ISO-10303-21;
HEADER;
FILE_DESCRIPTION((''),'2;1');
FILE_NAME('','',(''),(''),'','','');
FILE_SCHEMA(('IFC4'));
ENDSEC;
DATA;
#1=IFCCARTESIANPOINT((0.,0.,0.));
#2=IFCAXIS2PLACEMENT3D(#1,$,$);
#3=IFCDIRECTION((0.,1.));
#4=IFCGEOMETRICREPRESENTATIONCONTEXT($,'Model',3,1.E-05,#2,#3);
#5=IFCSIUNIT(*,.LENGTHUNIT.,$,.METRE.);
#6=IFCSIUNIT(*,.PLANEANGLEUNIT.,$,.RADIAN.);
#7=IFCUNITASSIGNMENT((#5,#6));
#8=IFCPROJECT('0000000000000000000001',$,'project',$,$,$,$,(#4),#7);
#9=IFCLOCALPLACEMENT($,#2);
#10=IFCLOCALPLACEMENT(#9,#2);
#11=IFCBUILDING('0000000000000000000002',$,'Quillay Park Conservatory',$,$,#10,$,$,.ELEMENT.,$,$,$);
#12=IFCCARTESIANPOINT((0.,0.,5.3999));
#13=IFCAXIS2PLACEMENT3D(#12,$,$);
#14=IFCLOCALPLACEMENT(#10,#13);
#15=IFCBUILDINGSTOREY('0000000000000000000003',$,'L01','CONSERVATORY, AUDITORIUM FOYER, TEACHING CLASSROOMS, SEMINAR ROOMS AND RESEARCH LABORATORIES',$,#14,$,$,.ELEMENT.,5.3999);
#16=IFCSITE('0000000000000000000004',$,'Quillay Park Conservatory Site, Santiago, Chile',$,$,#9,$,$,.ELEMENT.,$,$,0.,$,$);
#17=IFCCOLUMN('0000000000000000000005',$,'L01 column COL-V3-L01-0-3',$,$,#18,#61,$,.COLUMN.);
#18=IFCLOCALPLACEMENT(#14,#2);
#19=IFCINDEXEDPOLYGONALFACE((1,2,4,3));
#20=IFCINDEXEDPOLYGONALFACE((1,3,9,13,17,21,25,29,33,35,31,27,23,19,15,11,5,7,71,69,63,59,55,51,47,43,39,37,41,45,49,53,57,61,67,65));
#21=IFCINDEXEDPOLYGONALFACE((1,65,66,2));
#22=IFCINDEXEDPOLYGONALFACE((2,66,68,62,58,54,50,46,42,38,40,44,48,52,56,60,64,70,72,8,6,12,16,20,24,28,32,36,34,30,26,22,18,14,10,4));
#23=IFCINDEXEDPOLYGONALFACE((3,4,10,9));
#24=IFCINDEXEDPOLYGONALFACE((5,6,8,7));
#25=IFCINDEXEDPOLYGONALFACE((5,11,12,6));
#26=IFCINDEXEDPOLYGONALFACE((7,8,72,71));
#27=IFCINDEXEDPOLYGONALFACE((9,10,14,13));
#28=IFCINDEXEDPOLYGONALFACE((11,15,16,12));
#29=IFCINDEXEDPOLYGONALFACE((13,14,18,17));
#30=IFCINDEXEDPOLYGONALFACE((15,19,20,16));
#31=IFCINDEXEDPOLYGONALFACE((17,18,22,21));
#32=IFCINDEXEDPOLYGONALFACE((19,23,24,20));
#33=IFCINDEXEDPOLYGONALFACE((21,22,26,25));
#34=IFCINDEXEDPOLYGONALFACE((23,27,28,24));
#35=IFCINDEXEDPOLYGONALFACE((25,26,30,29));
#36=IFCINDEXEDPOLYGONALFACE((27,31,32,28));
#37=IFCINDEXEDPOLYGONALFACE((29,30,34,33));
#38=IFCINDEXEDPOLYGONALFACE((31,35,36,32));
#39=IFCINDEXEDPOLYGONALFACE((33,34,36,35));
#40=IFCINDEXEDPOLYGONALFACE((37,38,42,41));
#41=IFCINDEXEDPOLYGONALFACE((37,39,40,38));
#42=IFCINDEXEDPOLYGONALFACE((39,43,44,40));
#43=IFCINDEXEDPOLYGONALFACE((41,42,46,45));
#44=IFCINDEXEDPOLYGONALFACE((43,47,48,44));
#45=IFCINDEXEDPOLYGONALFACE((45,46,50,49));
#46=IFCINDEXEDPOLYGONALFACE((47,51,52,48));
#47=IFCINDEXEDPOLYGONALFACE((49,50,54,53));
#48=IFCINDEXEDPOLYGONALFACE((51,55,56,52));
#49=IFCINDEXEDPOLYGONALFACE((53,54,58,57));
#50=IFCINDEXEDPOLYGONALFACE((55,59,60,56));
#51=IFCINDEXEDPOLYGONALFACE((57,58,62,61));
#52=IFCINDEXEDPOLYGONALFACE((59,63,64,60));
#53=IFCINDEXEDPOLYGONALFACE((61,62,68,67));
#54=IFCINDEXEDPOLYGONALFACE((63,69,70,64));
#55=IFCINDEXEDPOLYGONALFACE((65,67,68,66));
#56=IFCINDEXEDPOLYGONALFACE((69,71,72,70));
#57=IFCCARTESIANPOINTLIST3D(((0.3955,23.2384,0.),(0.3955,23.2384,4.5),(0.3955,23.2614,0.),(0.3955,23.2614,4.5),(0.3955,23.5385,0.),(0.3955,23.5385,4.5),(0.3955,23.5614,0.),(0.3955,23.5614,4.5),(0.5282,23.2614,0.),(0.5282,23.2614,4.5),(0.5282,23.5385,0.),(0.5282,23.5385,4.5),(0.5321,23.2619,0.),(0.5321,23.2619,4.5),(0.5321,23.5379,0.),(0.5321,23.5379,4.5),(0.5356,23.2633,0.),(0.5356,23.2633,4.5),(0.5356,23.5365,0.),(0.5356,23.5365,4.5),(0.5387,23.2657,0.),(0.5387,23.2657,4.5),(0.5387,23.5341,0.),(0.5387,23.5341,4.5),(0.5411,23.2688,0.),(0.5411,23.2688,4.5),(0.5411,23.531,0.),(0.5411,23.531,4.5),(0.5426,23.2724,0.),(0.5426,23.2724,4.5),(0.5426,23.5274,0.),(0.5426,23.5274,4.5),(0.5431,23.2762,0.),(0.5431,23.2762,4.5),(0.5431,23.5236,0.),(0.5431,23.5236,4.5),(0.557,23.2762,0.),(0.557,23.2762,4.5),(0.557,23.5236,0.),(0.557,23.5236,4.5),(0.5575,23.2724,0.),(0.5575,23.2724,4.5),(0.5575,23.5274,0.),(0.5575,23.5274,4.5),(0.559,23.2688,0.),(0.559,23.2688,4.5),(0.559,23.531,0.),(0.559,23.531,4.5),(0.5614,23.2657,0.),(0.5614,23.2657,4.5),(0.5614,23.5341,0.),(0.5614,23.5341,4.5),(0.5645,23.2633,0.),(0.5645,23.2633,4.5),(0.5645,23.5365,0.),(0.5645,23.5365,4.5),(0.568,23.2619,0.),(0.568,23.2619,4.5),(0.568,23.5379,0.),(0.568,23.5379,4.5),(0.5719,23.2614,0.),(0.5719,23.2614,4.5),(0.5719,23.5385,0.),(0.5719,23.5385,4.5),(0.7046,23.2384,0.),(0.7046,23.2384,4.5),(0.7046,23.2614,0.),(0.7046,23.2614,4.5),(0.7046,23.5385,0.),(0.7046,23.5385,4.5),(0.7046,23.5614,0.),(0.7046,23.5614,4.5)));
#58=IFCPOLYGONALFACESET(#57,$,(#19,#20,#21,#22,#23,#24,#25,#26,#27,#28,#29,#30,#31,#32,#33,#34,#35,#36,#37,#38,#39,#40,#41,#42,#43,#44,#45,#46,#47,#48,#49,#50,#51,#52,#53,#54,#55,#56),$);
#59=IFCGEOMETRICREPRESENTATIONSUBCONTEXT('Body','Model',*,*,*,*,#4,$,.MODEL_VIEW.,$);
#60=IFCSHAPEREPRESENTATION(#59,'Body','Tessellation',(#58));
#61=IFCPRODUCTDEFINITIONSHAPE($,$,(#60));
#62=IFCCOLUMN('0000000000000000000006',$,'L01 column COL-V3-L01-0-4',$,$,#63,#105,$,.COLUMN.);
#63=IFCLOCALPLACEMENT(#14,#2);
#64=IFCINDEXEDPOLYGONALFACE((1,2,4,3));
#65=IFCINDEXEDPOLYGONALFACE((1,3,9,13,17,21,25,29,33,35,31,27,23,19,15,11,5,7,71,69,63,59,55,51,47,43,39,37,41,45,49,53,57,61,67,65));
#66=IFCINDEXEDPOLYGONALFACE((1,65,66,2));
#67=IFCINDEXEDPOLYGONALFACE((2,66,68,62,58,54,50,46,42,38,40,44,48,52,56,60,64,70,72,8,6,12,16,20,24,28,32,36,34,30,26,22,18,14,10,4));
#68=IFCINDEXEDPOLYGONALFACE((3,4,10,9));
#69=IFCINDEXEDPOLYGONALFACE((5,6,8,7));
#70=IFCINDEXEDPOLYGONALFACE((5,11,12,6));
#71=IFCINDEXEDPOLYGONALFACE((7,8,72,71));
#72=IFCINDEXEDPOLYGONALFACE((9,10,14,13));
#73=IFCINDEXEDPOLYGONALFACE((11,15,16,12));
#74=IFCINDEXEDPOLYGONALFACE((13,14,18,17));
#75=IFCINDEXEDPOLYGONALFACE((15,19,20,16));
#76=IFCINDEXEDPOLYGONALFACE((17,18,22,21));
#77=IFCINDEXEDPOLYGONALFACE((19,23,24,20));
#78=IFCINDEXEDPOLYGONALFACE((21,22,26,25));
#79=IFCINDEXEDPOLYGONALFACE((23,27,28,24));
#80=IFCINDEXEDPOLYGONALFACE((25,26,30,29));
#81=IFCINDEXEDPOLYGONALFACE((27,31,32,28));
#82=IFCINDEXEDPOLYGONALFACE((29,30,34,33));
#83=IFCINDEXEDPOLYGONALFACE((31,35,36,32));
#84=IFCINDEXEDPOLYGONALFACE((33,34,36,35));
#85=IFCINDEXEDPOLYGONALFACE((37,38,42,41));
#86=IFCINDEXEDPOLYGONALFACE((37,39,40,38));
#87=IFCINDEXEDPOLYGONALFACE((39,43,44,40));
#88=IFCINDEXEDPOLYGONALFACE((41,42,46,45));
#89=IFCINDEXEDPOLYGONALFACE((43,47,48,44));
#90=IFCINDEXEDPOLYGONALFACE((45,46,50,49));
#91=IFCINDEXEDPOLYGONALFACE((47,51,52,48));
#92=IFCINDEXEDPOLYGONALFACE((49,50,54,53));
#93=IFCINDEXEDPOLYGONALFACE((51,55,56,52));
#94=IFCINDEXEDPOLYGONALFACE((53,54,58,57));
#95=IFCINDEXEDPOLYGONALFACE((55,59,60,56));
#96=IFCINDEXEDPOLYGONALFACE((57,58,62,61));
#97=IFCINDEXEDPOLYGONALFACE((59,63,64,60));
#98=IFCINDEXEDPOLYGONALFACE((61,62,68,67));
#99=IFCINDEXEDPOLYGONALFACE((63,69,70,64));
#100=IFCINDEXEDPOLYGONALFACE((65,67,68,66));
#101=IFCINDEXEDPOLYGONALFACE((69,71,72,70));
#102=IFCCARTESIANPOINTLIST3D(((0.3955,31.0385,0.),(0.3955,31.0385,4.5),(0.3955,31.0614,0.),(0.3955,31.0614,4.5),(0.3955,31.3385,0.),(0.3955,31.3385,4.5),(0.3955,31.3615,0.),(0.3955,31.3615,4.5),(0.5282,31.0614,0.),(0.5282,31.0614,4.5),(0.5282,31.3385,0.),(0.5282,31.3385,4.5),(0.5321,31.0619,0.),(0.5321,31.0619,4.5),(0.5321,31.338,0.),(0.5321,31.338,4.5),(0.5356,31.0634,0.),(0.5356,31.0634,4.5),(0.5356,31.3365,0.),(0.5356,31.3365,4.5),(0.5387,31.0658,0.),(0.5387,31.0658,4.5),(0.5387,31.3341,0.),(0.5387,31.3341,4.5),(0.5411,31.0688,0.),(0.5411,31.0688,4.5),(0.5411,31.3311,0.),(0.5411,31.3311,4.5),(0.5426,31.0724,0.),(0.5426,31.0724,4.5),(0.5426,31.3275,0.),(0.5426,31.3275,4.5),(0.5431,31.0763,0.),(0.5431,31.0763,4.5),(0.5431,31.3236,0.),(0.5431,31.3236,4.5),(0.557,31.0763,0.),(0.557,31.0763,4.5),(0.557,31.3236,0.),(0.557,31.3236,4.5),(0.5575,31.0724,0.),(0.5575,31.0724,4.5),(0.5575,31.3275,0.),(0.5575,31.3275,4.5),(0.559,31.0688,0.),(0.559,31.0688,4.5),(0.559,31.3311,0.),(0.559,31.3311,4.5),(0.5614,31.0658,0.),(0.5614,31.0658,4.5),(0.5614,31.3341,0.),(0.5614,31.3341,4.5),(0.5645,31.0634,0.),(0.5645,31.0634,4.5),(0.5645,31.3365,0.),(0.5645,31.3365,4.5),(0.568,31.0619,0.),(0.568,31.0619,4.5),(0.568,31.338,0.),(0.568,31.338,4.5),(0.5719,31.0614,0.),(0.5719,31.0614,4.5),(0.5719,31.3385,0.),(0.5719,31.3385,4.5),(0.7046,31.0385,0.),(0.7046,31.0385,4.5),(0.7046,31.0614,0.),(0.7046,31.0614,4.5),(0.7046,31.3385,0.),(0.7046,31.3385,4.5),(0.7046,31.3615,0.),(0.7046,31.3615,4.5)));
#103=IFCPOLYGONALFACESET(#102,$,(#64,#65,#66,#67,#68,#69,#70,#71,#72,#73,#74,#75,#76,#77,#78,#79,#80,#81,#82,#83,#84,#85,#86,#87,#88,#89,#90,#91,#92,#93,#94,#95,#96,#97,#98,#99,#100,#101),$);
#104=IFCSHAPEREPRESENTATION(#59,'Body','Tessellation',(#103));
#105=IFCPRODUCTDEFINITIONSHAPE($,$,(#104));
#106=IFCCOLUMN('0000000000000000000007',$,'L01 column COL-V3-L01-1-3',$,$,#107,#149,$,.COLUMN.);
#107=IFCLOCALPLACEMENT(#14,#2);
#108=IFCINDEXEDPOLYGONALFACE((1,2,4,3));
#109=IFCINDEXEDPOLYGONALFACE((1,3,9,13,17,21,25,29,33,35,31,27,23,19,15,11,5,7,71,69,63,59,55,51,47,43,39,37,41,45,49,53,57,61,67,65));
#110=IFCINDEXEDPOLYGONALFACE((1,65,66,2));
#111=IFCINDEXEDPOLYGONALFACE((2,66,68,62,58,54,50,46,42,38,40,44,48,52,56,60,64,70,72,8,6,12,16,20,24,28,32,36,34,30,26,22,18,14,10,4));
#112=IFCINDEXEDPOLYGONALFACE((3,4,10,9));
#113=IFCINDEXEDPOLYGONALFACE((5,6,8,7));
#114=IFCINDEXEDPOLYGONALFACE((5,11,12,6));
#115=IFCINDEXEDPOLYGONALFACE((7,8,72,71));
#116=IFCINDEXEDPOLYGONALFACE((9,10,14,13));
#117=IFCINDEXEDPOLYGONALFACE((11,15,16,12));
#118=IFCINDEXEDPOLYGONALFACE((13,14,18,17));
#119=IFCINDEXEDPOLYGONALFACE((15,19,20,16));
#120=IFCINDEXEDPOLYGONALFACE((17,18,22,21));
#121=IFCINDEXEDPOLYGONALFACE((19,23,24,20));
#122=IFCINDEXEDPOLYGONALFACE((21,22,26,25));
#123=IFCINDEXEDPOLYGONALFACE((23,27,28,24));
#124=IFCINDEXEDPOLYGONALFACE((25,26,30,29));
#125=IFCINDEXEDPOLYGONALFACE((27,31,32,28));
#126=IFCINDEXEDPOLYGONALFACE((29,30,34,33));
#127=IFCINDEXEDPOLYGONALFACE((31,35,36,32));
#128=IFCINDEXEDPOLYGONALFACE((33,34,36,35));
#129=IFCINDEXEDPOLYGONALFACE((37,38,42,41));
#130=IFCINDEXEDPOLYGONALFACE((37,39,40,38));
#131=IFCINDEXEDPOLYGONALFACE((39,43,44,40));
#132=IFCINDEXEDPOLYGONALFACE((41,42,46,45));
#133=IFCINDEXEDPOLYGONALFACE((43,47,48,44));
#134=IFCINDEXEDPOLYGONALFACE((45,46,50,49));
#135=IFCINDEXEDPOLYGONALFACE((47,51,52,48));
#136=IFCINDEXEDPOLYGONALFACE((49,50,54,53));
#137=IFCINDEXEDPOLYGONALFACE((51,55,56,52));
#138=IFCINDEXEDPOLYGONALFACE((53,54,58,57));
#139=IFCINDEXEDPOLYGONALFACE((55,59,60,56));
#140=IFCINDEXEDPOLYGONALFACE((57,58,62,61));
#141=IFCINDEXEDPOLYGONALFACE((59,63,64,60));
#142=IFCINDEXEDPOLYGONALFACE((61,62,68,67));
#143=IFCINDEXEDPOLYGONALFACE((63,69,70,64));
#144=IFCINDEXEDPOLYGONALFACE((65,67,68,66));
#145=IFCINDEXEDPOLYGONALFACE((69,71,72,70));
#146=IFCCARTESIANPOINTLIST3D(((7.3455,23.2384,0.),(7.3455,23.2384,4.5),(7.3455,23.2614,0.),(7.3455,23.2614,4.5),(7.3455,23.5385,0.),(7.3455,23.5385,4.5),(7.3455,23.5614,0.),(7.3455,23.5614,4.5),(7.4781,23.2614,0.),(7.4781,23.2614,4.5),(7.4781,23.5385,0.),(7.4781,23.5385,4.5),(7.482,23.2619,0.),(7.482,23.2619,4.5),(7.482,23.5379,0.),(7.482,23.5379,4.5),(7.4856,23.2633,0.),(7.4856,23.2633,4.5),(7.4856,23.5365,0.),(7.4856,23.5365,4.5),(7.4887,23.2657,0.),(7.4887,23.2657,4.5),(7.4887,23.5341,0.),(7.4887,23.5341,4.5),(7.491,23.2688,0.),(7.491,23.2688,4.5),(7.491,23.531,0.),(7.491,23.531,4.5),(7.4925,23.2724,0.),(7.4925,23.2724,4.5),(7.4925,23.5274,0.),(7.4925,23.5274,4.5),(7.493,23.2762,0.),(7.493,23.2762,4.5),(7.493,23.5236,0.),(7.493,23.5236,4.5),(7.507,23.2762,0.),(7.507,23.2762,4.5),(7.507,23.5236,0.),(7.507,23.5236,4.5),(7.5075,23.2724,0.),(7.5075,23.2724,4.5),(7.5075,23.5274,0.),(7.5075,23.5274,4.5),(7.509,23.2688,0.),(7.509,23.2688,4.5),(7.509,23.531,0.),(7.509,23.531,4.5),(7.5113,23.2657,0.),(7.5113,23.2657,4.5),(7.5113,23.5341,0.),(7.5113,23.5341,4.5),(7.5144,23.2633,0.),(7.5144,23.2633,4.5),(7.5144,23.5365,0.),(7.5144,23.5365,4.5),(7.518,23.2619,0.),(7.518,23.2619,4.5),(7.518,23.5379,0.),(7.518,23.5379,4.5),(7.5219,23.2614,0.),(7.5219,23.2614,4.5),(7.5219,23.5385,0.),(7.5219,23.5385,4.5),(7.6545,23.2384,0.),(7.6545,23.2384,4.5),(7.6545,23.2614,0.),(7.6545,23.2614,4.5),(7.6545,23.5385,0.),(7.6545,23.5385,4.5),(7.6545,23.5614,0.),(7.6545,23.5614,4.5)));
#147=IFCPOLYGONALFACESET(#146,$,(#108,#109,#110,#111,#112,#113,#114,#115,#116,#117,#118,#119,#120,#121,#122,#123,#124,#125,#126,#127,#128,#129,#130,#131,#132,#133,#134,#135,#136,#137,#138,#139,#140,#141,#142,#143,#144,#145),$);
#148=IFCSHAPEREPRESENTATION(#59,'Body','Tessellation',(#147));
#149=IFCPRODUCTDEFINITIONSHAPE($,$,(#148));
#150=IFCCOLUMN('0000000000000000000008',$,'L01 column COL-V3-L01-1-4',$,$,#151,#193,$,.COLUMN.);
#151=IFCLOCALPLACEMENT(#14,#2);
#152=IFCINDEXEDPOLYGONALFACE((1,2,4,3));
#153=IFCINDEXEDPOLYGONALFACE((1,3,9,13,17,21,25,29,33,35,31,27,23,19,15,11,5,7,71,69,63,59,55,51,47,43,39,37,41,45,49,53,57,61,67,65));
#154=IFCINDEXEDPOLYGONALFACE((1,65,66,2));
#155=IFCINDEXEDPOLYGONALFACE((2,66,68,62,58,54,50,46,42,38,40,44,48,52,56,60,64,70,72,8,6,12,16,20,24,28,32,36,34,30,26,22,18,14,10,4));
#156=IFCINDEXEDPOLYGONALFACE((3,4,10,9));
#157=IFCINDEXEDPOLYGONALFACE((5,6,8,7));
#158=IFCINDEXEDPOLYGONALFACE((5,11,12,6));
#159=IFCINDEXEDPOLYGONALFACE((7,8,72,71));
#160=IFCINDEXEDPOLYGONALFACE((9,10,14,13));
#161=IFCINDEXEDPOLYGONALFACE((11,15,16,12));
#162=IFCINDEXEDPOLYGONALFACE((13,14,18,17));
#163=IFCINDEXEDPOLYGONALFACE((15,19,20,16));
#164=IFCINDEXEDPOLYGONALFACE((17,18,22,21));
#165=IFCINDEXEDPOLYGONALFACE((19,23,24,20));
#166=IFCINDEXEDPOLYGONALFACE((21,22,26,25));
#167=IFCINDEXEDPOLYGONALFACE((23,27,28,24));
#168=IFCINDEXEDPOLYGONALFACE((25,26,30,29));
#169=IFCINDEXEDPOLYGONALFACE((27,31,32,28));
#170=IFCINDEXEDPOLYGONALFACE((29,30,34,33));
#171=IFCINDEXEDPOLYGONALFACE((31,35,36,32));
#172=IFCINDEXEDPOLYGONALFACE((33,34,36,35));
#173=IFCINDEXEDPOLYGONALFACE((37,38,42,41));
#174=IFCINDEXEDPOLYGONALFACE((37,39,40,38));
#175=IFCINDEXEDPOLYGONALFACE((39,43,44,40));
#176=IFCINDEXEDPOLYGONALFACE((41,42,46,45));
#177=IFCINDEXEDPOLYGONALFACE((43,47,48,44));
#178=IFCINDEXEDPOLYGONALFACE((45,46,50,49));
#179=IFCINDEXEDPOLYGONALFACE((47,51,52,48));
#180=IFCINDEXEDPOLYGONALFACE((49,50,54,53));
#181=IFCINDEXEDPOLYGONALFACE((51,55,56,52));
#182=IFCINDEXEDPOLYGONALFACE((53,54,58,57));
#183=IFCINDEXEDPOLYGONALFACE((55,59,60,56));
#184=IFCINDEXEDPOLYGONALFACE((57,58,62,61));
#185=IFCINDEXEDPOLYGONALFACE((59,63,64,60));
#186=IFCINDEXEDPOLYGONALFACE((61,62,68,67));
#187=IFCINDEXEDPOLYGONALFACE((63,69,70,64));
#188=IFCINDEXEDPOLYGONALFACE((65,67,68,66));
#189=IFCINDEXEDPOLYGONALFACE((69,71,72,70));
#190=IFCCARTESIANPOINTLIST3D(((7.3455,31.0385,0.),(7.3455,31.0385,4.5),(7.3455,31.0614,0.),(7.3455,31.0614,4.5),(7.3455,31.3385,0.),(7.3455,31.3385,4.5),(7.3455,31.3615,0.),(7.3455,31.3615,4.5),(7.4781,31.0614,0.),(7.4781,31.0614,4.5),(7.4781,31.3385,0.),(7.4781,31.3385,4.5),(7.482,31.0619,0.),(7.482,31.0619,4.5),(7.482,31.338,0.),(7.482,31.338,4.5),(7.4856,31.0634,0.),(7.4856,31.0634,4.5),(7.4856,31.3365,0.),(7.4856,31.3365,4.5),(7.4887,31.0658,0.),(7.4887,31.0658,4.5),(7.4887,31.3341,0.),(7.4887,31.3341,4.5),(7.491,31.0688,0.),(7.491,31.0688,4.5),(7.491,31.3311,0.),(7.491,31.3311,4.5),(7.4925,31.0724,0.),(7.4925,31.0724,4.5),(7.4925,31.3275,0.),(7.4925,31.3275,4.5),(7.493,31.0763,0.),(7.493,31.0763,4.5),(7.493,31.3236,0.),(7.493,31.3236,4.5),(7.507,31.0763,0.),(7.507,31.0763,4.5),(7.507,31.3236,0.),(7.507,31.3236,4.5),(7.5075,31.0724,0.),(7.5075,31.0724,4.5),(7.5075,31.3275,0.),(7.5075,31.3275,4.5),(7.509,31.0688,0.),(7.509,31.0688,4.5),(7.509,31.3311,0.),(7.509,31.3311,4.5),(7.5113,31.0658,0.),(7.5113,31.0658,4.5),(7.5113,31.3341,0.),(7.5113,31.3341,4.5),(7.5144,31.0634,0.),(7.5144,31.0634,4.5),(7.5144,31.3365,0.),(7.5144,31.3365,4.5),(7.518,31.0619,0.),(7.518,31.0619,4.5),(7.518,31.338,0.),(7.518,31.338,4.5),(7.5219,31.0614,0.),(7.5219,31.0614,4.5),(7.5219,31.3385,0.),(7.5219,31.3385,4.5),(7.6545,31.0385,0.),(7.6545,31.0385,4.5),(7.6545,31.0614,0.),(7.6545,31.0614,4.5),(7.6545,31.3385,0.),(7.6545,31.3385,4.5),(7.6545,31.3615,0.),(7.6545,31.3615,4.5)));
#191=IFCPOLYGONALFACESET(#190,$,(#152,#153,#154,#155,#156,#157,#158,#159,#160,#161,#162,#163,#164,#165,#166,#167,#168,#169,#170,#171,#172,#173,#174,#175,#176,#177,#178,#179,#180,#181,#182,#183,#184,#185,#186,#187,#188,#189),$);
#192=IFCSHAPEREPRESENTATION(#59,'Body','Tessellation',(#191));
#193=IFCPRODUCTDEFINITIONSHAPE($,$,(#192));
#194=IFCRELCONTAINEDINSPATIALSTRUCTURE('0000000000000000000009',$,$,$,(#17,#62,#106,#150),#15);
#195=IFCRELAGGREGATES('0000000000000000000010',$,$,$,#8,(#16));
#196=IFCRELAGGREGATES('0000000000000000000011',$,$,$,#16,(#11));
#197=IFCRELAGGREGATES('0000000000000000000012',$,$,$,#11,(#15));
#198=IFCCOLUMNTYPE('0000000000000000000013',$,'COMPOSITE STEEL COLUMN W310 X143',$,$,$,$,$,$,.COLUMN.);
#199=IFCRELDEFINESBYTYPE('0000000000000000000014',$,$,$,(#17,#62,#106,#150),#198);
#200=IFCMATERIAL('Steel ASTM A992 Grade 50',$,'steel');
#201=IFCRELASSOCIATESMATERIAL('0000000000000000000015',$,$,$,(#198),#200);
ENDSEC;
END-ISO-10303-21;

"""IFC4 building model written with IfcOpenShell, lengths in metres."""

from ifc_helpers import new_model, si_unit, direction, frame, origin, origin_2d, place, context, subcontext, project, spatial, i_section, extrude, material, material_profile, profile_set, type_object, element, save


model = new_model("IFC4")

# Units and contexts
model_context = context("Model", 3, precision=1e-05, world=origin(), true_north=direction((0.0, 1.0)))
body_context = subcontext(model_context, "Body", "Model", "MODEL_VIEW")
ifc_project = project(units=[si_unit("LENGTHUNIT", "METRE"), si_unit("PLANEANGLEUNIT", "RADIAN")], contexts=[model_context])

# Site, building, storey
site_placement = place(None, origin())
site = spatial("IfcSite", under=ifc_project, at=site_placement, Name="Quillay Park Conservatory Site, Santiago, Chile", CompositionType="ELEMENT", RefElevation=0.0)
building_placement = place(site_placement, origin())
building = spatial("IfcBuilding", under=site, at=building_placement, Name="Quillay Park Conservatory", CompositionType="ELEMENT")
storey_placement = place(building_placement, frame((0.0, 0.0, 5.3999)))
storey = spatial("IfcBuildingStorey", under=building, at=storey_placement, Name="L01", Description="CONSERVATORY, AUDITORIUM FOYER, TEACHING CLASSROOMS, SEMINAR ROOMS AND RESEARCH LABORATORIES", CompositionType="ELEMENT", Elevation=5.3999)

# Columns
ifc_material_1 = material(Name="Steel ASTM A992 Grade 50", Category="steel")
ifc_material_profile_1 = material_profile(ifc_material_1, i_section(OverallWidth=0.3091, OverallDepth=0.323, WebThickness=0.0139, FlangeThickness=0.0229, FilletRadius=0.0149, at=origin_2d()), Name="W310x143")
ifc_profile_set_1 = profile_set([ifc_material_profile_1], Name="Steel ASTM A992 Grade 50")
column_type = type_object("IfcColumnType", Name="COMPOSITE STEEL COLUMN W310 X143", PredefinedType="COLUMN", material=ifc_profile_set_1)
for number, where, z_axis, x_axis, name in (
    (1, (0.55, 23.3999, 0.0), (0.0, 0.0, 1.0), (1.0, 0.0, 0.0), "L01 column COL-V3-L01-0-3"),
    (2, (0.55, 31.2, 0.0), (0.0, 0.0, 1.0), (1.0, 0.0, 0.0), "L01 column COL-V3-L01-0-4"),
    (3, (7.5, 23.3999, 0.0), (0.0, 0.0, 1.0), (1.0, 0.0, 0.0), "L01 column COL-V3-L01-1-3"),
    (4, (7.5, 31.2, 0.0), (0.0, 0.0, 1.0), (1.0, 0.0, 0.0), "L01 column COL-V3-L01-1-4"),
):
    element("IfcColumn", number, at=place(storey_placement, frame(where, z_axis=z_axis, x_axis=x_axis)), inside=storey, type_object=column_type, Name=name, PredefinedType="COLUMN", context=body_context, shape_type="SweptSolid", body=[
        extrude(i_section(OverallWidth=0.3091, OverallDepth=0.323, WebThickness=0.0139, FlangeThickness=0.0229, FilletRadius=0.0149, at=origin_2d()), origin(), (0.0, 0.0, 1.0), 4.5),
    ])

save(model, "model.ifc")
